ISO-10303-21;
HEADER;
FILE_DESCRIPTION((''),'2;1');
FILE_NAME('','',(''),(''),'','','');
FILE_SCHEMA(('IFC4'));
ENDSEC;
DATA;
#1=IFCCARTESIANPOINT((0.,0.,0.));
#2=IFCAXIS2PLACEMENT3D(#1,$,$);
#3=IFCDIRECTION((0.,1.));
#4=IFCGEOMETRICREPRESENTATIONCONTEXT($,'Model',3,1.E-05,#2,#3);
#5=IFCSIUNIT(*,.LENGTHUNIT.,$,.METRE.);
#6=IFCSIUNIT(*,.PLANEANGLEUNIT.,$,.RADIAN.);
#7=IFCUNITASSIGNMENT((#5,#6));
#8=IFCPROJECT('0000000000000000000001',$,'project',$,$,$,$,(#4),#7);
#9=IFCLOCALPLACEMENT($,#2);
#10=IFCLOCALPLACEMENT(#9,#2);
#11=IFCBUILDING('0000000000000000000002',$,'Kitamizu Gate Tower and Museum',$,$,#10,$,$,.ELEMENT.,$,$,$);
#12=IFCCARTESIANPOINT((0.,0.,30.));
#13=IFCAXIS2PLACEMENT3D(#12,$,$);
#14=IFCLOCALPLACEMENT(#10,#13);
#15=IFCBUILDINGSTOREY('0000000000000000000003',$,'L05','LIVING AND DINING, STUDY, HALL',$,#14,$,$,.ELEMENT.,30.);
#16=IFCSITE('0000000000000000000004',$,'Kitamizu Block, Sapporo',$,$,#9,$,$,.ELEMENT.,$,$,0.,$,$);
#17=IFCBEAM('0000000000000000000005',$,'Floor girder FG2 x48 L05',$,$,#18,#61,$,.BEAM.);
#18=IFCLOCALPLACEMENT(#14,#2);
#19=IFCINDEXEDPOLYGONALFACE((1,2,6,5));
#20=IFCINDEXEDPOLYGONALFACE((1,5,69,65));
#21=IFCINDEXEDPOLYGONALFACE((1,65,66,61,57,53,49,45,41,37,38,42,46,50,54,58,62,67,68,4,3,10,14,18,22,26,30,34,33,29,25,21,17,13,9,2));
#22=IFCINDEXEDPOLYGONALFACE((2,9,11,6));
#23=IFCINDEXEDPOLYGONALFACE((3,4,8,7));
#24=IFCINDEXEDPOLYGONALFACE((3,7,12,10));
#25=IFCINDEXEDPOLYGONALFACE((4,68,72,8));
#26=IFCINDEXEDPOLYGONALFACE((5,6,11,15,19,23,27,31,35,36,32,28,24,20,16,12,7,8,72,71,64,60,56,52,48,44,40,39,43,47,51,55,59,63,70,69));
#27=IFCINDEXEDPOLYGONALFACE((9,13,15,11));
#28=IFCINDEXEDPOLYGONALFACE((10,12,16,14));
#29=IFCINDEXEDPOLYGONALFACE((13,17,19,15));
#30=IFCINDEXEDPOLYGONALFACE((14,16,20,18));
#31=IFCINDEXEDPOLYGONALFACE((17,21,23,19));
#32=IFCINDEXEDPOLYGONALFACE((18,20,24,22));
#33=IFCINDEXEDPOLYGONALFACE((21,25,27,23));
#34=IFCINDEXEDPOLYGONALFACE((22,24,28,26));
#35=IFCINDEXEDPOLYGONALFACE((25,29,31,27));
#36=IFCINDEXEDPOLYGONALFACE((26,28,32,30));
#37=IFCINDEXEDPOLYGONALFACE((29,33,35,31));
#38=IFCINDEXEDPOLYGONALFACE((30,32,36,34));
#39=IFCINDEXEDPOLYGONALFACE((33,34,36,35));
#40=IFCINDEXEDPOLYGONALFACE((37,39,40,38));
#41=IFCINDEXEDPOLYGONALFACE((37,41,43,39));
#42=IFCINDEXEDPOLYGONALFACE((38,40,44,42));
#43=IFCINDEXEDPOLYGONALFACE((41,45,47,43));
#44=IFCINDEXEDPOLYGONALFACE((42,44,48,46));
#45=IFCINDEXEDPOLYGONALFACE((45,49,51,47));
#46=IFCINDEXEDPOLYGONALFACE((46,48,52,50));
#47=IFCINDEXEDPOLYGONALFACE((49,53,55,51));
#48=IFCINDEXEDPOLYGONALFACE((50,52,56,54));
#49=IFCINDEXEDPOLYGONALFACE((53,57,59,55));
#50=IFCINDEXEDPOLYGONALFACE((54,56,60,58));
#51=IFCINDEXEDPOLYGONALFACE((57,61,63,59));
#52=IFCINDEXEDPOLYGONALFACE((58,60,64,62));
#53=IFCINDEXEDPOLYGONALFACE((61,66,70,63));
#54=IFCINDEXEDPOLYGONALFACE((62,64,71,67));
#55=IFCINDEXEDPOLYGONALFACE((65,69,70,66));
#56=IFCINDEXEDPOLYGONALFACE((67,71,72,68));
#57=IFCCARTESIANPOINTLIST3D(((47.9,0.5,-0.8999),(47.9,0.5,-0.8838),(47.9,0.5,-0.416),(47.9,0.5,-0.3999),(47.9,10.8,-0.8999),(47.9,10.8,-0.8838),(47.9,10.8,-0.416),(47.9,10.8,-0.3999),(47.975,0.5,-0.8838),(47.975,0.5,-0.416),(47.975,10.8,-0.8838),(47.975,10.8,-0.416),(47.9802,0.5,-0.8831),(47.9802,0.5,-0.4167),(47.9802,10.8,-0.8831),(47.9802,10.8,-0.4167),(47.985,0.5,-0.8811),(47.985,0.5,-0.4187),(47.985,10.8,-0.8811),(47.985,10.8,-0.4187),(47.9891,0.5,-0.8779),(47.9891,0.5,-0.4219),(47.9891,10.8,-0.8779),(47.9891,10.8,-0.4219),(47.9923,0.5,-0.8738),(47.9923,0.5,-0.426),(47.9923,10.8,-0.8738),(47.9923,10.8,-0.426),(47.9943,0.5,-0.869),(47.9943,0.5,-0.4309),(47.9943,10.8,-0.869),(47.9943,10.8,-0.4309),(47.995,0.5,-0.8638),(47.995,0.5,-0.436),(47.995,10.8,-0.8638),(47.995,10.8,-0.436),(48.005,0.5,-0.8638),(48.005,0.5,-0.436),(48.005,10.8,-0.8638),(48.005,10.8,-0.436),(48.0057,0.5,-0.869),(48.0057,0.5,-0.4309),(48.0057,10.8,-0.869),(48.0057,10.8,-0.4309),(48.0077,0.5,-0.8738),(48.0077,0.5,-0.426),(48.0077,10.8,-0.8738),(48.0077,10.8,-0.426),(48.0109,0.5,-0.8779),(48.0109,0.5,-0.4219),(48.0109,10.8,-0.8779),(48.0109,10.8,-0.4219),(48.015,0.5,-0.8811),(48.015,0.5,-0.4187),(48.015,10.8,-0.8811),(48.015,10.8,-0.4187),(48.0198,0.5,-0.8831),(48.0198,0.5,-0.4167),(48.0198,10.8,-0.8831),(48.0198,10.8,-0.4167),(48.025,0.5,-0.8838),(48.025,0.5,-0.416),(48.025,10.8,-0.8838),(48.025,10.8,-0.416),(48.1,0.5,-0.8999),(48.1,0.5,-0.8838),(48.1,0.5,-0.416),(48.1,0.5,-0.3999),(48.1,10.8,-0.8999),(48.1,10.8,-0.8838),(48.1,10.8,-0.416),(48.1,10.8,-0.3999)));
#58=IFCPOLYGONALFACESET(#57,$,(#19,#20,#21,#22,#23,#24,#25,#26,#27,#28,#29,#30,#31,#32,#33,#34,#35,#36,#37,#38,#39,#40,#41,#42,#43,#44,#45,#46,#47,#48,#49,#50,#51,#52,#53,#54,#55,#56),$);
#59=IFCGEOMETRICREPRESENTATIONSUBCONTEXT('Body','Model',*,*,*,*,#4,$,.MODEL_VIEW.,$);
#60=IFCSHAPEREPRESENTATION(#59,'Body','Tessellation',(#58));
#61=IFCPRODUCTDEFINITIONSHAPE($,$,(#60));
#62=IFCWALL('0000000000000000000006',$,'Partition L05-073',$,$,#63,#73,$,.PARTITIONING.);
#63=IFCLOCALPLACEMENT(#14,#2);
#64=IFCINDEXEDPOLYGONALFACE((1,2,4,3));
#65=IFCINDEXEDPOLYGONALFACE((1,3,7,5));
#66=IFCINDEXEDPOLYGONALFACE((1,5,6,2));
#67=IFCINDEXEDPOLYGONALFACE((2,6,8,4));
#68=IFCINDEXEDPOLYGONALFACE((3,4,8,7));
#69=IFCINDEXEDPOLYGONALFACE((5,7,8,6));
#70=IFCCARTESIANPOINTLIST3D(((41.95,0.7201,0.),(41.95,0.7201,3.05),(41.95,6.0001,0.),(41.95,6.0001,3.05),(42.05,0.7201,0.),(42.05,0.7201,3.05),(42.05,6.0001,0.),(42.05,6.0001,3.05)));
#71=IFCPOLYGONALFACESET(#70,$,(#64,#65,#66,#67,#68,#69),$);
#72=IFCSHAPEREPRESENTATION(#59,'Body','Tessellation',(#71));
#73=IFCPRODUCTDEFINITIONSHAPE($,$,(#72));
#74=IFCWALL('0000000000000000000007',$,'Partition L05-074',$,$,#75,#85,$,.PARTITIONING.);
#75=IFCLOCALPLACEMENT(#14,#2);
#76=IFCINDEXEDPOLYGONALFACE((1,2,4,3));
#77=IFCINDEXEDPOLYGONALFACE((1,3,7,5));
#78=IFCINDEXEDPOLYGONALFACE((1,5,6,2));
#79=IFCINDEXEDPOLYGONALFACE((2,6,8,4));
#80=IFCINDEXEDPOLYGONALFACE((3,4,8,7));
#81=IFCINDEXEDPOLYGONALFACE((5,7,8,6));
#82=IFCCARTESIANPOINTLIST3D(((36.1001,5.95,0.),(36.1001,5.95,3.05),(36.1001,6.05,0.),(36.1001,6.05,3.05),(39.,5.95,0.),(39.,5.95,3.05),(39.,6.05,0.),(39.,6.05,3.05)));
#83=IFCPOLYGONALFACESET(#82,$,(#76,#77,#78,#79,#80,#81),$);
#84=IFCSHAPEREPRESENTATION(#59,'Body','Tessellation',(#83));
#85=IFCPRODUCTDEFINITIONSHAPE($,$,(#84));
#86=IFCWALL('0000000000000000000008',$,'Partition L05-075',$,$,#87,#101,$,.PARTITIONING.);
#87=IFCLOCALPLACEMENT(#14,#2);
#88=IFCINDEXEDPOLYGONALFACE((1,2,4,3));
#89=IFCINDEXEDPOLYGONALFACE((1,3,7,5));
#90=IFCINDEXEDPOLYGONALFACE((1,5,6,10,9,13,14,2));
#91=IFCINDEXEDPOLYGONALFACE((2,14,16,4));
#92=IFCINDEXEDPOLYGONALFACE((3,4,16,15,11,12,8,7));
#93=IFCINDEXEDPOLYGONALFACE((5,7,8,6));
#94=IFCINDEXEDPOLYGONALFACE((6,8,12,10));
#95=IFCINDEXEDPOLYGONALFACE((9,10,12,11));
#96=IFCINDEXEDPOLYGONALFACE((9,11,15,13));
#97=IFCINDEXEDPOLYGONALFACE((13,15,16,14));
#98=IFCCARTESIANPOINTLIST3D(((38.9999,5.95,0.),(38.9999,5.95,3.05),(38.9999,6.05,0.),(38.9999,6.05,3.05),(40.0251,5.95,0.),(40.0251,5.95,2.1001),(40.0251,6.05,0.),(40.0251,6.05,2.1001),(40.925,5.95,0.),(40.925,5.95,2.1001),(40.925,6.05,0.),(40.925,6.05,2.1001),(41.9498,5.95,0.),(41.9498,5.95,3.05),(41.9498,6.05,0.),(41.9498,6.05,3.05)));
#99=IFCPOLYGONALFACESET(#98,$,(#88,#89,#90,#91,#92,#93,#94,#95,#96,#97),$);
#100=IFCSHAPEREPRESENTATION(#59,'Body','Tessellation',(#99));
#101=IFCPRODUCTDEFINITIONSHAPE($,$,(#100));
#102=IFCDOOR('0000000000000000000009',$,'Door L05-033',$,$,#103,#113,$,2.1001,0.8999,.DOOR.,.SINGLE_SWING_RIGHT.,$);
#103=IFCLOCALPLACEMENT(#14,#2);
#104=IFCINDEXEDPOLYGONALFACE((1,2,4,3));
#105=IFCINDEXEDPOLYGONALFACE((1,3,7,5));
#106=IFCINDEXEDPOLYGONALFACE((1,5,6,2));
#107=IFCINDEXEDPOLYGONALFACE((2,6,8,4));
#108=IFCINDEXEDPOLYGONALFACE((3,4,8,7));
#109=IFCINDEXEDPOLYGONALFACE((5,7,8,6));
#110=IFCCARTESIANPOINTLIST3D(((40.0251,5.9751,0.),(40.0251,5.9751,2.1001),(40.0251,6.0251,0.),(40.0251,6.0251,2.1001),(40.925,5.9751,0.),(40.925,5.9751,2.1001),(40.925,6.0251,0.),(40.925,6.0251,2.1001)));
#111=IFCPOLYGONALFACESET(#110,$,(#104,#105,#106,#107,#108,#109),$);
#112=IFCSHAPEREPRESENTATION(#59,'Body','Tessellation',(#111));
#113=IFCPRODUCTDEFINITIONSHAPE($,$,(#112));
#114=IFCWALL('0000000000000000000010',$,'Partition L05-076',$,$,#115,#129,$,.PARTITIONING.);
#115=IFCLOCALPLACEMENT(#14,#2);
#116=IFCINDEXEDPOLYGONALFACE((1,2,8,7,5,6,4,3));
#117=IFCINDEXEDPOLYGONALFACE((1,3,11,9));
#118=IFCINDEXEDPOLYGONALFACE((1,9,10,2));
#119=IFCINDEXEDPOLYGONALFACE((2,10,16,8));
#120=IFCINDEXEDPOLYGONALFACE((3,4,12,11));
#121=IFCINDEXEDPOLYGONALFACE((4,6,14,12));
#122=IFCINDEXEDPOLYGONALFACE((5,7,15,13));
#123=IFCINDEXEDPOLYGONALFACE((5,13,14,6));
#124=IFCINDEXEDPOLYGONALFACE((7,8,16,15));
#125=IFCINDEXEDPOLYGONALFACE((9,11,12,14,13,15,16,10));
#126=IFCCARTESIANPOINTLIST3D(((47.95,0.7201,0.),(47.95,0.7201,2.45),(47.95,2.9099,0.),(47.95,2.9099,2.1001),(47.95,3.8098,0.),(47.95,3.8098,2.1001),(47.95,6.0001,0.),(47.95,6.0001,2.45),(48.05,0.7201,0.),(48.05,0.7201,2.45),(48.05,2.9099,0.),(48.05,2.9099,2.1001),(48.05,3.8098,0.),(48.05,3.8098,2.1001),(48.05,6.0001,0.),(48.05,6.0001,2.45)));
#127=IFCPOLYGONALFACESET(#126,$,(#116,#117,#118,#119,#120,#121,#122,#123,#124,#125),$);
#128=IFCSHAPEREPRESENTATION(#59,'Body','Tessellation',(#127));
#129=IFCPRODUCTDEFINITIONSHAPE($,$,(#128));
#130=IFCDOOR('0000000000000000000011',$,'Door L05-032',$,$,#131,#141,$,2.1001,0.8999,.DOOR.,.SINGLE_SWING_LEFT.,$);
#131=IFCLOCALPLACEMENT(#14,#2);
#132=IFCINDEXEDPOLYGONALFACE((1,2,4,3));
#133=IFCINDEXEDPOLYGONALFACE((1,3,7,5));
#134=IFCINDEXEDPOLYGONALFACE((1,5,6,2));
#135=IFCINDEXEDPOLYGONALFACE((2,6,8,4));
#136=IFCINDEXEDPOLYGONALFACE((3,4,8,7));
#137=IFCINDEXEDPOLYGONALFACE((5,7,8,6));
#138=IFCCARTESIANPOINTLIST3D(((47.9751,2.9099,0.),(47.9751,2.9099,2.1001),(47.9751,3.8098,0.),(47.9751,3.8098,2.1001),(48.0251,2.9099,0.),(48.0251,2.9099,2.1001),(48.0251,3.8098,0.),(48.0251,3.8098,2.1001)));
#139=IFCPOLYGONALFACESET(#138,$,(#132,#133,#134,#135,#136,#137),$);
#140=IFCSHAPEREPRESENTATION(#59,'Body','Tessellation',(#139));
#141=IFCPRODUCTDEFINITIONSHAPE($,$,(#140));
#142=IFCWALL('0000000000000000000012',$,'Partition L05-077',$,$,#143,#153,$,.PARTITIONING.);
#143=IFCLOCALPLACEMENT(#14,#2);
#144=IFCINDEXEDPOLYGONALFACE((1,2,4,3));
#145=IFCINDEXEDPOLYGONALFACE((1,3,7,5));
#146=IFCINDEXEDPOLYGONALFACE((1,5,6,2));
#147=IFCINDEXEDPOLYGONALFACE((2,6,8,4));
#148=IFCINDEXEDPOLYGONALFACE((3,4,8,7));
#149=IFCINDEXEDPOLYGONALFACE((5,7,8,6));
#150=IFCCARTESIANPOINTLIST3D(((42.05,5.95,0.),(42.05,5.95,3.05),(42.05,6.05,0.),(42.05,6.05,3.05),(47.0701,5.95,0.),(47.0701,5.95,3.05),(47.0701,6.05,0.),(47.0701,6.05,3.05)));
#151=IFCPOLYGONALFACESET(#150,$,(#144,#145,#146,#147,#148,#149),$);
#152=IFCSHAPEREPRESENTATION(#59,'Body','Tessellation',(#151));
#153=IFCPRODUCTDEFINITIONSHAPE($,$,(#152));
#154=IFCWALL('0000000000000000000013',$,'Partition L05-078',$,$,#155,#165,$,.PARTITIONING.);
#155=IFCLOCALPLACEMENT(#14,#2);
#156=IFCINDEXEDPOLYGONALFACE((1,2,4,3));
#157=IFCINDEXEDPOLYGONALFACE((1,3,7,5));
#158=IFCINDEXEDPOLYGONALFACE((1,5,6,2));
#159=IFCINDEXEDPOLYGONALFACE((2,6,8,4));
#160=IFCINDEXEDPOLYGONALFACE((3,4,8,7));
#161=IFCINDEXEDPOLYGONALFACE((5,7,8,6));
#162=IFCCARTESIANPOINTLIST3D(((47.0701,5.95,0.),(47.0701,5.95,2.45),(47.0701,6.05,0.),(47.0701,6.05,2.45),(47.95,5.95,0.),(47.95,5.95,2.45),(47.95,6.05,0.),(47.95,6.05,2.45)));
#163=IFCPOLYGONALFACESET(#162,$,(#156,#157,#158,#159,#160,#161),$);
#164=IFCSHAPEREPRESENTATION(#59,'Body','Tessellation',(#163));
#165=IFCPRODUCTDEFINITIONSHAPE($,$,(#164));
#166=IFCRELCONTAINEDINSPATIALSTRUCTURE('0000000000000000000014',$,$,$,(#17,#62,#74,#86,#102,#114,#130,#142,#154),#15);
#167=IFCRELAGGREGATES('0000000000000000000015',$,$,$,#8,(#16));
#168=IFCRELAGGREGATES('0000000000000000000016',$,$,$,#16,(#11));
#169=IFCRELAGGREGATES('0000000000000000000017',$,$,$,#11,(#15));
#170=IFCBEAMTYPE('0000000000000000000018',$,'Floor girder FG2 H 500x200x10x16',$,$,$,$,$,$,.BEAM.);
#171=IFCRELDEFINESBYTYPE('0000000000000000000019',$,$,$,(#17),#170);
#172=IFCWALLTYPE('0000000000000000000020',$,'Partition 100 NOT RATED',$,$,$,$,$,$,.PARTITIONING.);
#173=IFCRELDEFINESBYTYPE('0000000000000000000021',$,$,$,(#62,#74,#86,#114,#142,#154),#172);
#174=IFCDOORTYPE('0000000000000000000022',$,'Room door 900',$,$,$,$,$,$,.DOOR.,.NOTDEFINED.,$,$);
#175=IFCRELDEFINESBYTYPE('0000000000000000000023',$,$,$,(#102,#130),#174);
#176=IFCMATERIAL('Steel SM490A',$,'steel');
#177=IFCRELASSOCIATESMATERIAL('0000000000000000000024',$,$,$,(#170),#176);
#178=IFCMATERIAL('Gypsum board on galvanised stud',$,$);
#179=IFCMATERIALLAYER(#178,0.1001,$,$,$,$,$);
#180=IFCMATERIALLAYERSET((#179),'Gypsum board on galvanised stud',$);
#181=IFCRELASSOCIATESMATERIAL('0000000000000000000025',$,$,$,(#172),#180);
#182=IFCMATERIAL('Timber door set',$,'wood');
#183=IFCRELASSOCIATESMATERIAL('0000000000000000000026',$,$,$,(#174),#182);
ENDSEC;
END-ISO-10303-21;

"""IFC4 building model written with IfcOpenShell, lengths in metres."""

from ifc_helpers import new_model, si_unit, direction, frame, frame_2d, origin, origin_2d, place, context, subcontext, project, spatial, rectangle, i_section, extrude, material, layer, layer_set, material_profile, profile_set, type_object, element, fill, save


model = new_model("IFC4")

# Units and contexts
model_context = context("Model", 3, precision=1e-05, world=origin(), true_north=direction((0.0, 1.0)))
body_context = subcontext(model_context, "Body", "Model", "MODEL_VIEW")
ifc_project = project(units=[si_unit("LENGTHUNIT", "METRE"), si_unit("PLANEANGLEUNIT", "RADIAN")], contexts=[model_context])

# Site, building, storey
site_placement = place(None, origin())
site = spatial("IfcSite", under=ifc_project, at=site_placement, Name="Kitamizu Block, Sapporo", CompositionType="ELEMENT", RefElevation=0.0)
building_placement = place(site_placement, origin())
building = spatial("IfcBuilding", under=site, at=building_placement, Name="Kitamizu Gate Tower and Museum", CompositionType="ELEMENT")
storey_placement = place(building_placement, frame((0.0, 0.0, 30.0)))
storey = spatial("IfcBuildingStorey", under=building, at=storey_placement, Name="L05", Description="LIVING AND DINING, STUDY, HALL", CompositionType="ELEMENT", Elevation=30.0)

# Beam
ifc_material_1 = material(Name="Steel SM490A", Category="steel")
ifc_material_profile_1 = material_profile(ifc_material_1, i_section(OverallWidth=0.2, OverallDepth=0.5, WebThickness=0.01, FlangeThickness=0.0161, FilletRadius=0.02, at=origin_2d()), Name="H-500x200x10x16")
ifc_profile_set_1 = profile_set([ifc_material_profile_1], Name="Steel SM490A")
beam_type_1 = type_object("IfcBeamType", Name="Floor girder FG2 H 500x200x10x16", PredefinedType="BEAM", material=ifc_profile_set_1)
beam_1_placement = place(storey_placement, frame((48.0, 0.5, -0.6499), z_axis=(0.0, 1.0, 0.0), x_axis=(-1.0, 0.0, 0.0)))
element("IfcBeam", 1, at=beam_1_placement, inside=storey, type_object=beam_type_1, Name="Floor girder FG2 x48 L05", PredefinedType="BEAM", context=body_context, shape_type="SweptSolid", body=[
    extrude(i_section(OverallWidth=0.2, OverallDepth=0.5, WebThickness=0.01, FlangeThickness=0.0161, FilletRadius=0.02, at=origin_2d()), origin(), (0.0, 0.0, 1.0), 10.3),
])

# Walls
ifc_material_2 = material(Name="Gypsum board on galvanised stud")
ifc_layer_1 = layer(ifc_material_2, 0.1001)
ifc_layer_set_1 = layer_set([ifc_layer_1], Name="Gypsum board on galvanised stud")
wall_type_1 = type_object("IfcWallType", Name="Partition 100 NOT RATED", PredefinedType="PARTITIONING", material=ifc_layer_set_1)
wall_1_placement = place(storey_placement, frame((42.0, 0.72, 0.0), z_axis=(0.0, 0.0, 1.0), x_axis=(0.0, 1.0, 0.0)))
element("IfcWall", 2, at=wall_1_placement, inside=storey, type_object=wall_type_1, Name="Partition L05-073", PredefinedType="PARTITIONING", context=body_context, shape_type="SweptSolid", body=[
    extrude(rectangle(XDim=5.28, YDim=0.1001, at=frame_2d((2.6401, 0.0))), origin(), (0.0, 0.0, 1.0), 3.05),
])
wall_2_placement = place(storey_placement, frame((39.0, 6.0, 0.0), z_axis=(0.0, 0.0, 1.0), x_axis=(-1.0, 0.0, 0.0)))
element("IfcWall", 3, at=wall_2_placement, inside=storey, type_object=wall_type_1, Name="Partition L05-074", PredefinedType="PARTITIONING", context=body_context, shape_type="SweptSolid", body=[
    extrude(rectangle(XDim=2.8999, YDim=0.1001, at=frame_2d((1.45, 0.0))), origin(), (0.0, 0.0, 1.0), 3.05),
])

# Walls, openings, doors
wall_3_placement = place(storey_placement, frame((41.95, 6.0, 0.0), z_axis=(0.0, 0.0, 1.0), x_axis=(-1.0, 0.0, 0.0)))
wall_3 = element("IfcWall", 4, at=wall_3_placement, inside=storey, type_object=wall_type_1, Name="Partition L05-075", PredefinedType="PARTITIONING", context=body_context, shape_type="SweptSolid", body=[
    extrude(rectangle(XDim=2.95, YDim=0.1001, at=frame_2d((1.4751, 0.0))), origin(), (0.0, 0.0, 1.0), 3.05),
])
opening_1_placement = place(wall_3_placement, frame((1.0249, 0.0, 0.0)))
opening_1 = element("IfcOpeningElement", 5, at=opening_1_placement, cuts=wall_3, PredefinedType="OPENING", context=body_context, shape_type="SweptSolid", body=[
    extrude(rectangle(XDim=0.8999, YDim=2.1001, at=frame_2d((0.45, 1.05))), frame((0.0, 0.0601, 0.0), z_axis=(0.0, -1.0, 0.0), x_axis=(1.0, 0.0, 0.0)), (0.0, 0.0, 1.0), 0.1201),
])
ifc_material_3 = material(Name="Timber door set", Category="wood")
door_type = type_object("IfcDoorType", Name="Room door 900", OperationType="NOTDEFINED", PredefinedType="DOOR", material=ifc_material_3)
door_1_placement = place(opening_1_placement, origin())
door_1 = element("IfcDoor", 6, at=door_1_placement, inside=storey, type_object=door_type, Name="Door L05-033", OperationType="SINGLE_SWING_RIGHT", OverallHeight=2.1001, OverallWidth=0.8999, PredefinedType="DOOR", context=body_context, shape_type="SweptSolid", body=[
    extrude(rectangle(XDim=0.8999, YDim=2.1001, at=frame_2d((0.45, 1.05))), frame((0.0, 0.0249, 0.0), z_axis=(0.0, -1.0, 0.0), x_axis=(1.0, 0.0, 0.0)), (0.0, 0.0, 1.0), 0.05),
])
fill(opening_1, door_1)
wall_4_placement = place(storey_placement, frame((48.0, 0.72, 0.0), z_axis=(0.0, 0.0, 1.0), x_axis=(0.0, 1.0, 0.0)))
wall_4 = element("IfcWall", 7, at=wall_4_placement, inside=storey, type_object=wall_type_1, Name="Partition L05-076", PredefinedType="PARTITIONING", context=body_context, shape_type="SweptSolid", body=[
    extrude(rectangle(XDim=5.28, YDim=0.1001, at=frame_2d((2.6401, 0.0))), origin(), (0.0, 0.0, 1.0), 2.45),
])
opening_2_placement = place(wall_4_placement, frame((2.1899, 0.0, 0.0)))
opening_2 = element("IfcOpeningElement", 8, at=opening_2_placement, cuts=wall_4, PredefinedType="OPENING", context=body_context, shape_type="SweptSolid", body=[
    extrude(rectangle(XDim=0.8999, YDim=2.1001, at=frame_2d((0.45, 1.05))), frame((0.0, 0.0601, 0.0), z_axis=(0.0, -1.0, 0.0), x_axis=(1.0, 0.0, 0.0)), (0.0, 0.0, 1.0), 0.1201),
])
door_2_placement = place(opening_2_placement, origin())
door_2 = element("IfcDoor", 9, at=door_2_placement, inside=storey, type_object=door_type, Name="Door L05-032", OperationType="SINGLE_SWING_LEFT", OverallHeight=2.1001, OverallWidth=0.8999, PredefinedType="DOOR", context=body_context, shape_type="SweptSolid", body=[
    extrude(rectangle(XDim=0.8999, YDim=2.1001, at=frame_2d((0.45, 1.05))), frame((0.0, 0.0249, 0.0), z_axis=(0.0, -1.0, 0.0), x_axis=(1.0, 0.0, 0.0)), (0.0, 0.0, 1.0), 0.05),
])
fill(opening_2, door_2)

# Walls
wall_5_placement = place(storey_placement, frame((47.0701, 6.0, 0.0), z_axis=(0.0, 0.0, 1.0), x_axis=(-1.0, 0.0, 0.0)))
element("IfcWall", 10, at=wall_5_placement, inside=storey, type_object=wall_type_1, Name="Partition L05-077", PredefinedType="PARTITIONING", context=body_context, shape_type="SweptSolid", body=[
    extrude(rectangle(XDim=5.02, YDim=0.1001, at=frame_2d((2.51, 0.0))), origin(), (0.0, 0.0, 1.0), 3.05),
])
wall_6_placement = place(storey_placement, frame((47.95, 6.0, 0.0), z_axis=(0.0, 0.0, 1.0), x_axis=(-1.0, 0.0, 0.0)))
element("IfcWall", 11, at=wall_6_placement, inside=storey, type_object=wall_type_1, Name="Partition L05-078", PredefinedType="PARTITIONING", context=body_context, shape_type="SweptSolid", body=[
    extrude(rectangle(XDim=0.8799, YDim=0.1001, at=frame_2d((0.4399, 0.0))), origin(), (0.0, 0.0, 1.0), 2.45),
])

save(model, "model.ifc")
